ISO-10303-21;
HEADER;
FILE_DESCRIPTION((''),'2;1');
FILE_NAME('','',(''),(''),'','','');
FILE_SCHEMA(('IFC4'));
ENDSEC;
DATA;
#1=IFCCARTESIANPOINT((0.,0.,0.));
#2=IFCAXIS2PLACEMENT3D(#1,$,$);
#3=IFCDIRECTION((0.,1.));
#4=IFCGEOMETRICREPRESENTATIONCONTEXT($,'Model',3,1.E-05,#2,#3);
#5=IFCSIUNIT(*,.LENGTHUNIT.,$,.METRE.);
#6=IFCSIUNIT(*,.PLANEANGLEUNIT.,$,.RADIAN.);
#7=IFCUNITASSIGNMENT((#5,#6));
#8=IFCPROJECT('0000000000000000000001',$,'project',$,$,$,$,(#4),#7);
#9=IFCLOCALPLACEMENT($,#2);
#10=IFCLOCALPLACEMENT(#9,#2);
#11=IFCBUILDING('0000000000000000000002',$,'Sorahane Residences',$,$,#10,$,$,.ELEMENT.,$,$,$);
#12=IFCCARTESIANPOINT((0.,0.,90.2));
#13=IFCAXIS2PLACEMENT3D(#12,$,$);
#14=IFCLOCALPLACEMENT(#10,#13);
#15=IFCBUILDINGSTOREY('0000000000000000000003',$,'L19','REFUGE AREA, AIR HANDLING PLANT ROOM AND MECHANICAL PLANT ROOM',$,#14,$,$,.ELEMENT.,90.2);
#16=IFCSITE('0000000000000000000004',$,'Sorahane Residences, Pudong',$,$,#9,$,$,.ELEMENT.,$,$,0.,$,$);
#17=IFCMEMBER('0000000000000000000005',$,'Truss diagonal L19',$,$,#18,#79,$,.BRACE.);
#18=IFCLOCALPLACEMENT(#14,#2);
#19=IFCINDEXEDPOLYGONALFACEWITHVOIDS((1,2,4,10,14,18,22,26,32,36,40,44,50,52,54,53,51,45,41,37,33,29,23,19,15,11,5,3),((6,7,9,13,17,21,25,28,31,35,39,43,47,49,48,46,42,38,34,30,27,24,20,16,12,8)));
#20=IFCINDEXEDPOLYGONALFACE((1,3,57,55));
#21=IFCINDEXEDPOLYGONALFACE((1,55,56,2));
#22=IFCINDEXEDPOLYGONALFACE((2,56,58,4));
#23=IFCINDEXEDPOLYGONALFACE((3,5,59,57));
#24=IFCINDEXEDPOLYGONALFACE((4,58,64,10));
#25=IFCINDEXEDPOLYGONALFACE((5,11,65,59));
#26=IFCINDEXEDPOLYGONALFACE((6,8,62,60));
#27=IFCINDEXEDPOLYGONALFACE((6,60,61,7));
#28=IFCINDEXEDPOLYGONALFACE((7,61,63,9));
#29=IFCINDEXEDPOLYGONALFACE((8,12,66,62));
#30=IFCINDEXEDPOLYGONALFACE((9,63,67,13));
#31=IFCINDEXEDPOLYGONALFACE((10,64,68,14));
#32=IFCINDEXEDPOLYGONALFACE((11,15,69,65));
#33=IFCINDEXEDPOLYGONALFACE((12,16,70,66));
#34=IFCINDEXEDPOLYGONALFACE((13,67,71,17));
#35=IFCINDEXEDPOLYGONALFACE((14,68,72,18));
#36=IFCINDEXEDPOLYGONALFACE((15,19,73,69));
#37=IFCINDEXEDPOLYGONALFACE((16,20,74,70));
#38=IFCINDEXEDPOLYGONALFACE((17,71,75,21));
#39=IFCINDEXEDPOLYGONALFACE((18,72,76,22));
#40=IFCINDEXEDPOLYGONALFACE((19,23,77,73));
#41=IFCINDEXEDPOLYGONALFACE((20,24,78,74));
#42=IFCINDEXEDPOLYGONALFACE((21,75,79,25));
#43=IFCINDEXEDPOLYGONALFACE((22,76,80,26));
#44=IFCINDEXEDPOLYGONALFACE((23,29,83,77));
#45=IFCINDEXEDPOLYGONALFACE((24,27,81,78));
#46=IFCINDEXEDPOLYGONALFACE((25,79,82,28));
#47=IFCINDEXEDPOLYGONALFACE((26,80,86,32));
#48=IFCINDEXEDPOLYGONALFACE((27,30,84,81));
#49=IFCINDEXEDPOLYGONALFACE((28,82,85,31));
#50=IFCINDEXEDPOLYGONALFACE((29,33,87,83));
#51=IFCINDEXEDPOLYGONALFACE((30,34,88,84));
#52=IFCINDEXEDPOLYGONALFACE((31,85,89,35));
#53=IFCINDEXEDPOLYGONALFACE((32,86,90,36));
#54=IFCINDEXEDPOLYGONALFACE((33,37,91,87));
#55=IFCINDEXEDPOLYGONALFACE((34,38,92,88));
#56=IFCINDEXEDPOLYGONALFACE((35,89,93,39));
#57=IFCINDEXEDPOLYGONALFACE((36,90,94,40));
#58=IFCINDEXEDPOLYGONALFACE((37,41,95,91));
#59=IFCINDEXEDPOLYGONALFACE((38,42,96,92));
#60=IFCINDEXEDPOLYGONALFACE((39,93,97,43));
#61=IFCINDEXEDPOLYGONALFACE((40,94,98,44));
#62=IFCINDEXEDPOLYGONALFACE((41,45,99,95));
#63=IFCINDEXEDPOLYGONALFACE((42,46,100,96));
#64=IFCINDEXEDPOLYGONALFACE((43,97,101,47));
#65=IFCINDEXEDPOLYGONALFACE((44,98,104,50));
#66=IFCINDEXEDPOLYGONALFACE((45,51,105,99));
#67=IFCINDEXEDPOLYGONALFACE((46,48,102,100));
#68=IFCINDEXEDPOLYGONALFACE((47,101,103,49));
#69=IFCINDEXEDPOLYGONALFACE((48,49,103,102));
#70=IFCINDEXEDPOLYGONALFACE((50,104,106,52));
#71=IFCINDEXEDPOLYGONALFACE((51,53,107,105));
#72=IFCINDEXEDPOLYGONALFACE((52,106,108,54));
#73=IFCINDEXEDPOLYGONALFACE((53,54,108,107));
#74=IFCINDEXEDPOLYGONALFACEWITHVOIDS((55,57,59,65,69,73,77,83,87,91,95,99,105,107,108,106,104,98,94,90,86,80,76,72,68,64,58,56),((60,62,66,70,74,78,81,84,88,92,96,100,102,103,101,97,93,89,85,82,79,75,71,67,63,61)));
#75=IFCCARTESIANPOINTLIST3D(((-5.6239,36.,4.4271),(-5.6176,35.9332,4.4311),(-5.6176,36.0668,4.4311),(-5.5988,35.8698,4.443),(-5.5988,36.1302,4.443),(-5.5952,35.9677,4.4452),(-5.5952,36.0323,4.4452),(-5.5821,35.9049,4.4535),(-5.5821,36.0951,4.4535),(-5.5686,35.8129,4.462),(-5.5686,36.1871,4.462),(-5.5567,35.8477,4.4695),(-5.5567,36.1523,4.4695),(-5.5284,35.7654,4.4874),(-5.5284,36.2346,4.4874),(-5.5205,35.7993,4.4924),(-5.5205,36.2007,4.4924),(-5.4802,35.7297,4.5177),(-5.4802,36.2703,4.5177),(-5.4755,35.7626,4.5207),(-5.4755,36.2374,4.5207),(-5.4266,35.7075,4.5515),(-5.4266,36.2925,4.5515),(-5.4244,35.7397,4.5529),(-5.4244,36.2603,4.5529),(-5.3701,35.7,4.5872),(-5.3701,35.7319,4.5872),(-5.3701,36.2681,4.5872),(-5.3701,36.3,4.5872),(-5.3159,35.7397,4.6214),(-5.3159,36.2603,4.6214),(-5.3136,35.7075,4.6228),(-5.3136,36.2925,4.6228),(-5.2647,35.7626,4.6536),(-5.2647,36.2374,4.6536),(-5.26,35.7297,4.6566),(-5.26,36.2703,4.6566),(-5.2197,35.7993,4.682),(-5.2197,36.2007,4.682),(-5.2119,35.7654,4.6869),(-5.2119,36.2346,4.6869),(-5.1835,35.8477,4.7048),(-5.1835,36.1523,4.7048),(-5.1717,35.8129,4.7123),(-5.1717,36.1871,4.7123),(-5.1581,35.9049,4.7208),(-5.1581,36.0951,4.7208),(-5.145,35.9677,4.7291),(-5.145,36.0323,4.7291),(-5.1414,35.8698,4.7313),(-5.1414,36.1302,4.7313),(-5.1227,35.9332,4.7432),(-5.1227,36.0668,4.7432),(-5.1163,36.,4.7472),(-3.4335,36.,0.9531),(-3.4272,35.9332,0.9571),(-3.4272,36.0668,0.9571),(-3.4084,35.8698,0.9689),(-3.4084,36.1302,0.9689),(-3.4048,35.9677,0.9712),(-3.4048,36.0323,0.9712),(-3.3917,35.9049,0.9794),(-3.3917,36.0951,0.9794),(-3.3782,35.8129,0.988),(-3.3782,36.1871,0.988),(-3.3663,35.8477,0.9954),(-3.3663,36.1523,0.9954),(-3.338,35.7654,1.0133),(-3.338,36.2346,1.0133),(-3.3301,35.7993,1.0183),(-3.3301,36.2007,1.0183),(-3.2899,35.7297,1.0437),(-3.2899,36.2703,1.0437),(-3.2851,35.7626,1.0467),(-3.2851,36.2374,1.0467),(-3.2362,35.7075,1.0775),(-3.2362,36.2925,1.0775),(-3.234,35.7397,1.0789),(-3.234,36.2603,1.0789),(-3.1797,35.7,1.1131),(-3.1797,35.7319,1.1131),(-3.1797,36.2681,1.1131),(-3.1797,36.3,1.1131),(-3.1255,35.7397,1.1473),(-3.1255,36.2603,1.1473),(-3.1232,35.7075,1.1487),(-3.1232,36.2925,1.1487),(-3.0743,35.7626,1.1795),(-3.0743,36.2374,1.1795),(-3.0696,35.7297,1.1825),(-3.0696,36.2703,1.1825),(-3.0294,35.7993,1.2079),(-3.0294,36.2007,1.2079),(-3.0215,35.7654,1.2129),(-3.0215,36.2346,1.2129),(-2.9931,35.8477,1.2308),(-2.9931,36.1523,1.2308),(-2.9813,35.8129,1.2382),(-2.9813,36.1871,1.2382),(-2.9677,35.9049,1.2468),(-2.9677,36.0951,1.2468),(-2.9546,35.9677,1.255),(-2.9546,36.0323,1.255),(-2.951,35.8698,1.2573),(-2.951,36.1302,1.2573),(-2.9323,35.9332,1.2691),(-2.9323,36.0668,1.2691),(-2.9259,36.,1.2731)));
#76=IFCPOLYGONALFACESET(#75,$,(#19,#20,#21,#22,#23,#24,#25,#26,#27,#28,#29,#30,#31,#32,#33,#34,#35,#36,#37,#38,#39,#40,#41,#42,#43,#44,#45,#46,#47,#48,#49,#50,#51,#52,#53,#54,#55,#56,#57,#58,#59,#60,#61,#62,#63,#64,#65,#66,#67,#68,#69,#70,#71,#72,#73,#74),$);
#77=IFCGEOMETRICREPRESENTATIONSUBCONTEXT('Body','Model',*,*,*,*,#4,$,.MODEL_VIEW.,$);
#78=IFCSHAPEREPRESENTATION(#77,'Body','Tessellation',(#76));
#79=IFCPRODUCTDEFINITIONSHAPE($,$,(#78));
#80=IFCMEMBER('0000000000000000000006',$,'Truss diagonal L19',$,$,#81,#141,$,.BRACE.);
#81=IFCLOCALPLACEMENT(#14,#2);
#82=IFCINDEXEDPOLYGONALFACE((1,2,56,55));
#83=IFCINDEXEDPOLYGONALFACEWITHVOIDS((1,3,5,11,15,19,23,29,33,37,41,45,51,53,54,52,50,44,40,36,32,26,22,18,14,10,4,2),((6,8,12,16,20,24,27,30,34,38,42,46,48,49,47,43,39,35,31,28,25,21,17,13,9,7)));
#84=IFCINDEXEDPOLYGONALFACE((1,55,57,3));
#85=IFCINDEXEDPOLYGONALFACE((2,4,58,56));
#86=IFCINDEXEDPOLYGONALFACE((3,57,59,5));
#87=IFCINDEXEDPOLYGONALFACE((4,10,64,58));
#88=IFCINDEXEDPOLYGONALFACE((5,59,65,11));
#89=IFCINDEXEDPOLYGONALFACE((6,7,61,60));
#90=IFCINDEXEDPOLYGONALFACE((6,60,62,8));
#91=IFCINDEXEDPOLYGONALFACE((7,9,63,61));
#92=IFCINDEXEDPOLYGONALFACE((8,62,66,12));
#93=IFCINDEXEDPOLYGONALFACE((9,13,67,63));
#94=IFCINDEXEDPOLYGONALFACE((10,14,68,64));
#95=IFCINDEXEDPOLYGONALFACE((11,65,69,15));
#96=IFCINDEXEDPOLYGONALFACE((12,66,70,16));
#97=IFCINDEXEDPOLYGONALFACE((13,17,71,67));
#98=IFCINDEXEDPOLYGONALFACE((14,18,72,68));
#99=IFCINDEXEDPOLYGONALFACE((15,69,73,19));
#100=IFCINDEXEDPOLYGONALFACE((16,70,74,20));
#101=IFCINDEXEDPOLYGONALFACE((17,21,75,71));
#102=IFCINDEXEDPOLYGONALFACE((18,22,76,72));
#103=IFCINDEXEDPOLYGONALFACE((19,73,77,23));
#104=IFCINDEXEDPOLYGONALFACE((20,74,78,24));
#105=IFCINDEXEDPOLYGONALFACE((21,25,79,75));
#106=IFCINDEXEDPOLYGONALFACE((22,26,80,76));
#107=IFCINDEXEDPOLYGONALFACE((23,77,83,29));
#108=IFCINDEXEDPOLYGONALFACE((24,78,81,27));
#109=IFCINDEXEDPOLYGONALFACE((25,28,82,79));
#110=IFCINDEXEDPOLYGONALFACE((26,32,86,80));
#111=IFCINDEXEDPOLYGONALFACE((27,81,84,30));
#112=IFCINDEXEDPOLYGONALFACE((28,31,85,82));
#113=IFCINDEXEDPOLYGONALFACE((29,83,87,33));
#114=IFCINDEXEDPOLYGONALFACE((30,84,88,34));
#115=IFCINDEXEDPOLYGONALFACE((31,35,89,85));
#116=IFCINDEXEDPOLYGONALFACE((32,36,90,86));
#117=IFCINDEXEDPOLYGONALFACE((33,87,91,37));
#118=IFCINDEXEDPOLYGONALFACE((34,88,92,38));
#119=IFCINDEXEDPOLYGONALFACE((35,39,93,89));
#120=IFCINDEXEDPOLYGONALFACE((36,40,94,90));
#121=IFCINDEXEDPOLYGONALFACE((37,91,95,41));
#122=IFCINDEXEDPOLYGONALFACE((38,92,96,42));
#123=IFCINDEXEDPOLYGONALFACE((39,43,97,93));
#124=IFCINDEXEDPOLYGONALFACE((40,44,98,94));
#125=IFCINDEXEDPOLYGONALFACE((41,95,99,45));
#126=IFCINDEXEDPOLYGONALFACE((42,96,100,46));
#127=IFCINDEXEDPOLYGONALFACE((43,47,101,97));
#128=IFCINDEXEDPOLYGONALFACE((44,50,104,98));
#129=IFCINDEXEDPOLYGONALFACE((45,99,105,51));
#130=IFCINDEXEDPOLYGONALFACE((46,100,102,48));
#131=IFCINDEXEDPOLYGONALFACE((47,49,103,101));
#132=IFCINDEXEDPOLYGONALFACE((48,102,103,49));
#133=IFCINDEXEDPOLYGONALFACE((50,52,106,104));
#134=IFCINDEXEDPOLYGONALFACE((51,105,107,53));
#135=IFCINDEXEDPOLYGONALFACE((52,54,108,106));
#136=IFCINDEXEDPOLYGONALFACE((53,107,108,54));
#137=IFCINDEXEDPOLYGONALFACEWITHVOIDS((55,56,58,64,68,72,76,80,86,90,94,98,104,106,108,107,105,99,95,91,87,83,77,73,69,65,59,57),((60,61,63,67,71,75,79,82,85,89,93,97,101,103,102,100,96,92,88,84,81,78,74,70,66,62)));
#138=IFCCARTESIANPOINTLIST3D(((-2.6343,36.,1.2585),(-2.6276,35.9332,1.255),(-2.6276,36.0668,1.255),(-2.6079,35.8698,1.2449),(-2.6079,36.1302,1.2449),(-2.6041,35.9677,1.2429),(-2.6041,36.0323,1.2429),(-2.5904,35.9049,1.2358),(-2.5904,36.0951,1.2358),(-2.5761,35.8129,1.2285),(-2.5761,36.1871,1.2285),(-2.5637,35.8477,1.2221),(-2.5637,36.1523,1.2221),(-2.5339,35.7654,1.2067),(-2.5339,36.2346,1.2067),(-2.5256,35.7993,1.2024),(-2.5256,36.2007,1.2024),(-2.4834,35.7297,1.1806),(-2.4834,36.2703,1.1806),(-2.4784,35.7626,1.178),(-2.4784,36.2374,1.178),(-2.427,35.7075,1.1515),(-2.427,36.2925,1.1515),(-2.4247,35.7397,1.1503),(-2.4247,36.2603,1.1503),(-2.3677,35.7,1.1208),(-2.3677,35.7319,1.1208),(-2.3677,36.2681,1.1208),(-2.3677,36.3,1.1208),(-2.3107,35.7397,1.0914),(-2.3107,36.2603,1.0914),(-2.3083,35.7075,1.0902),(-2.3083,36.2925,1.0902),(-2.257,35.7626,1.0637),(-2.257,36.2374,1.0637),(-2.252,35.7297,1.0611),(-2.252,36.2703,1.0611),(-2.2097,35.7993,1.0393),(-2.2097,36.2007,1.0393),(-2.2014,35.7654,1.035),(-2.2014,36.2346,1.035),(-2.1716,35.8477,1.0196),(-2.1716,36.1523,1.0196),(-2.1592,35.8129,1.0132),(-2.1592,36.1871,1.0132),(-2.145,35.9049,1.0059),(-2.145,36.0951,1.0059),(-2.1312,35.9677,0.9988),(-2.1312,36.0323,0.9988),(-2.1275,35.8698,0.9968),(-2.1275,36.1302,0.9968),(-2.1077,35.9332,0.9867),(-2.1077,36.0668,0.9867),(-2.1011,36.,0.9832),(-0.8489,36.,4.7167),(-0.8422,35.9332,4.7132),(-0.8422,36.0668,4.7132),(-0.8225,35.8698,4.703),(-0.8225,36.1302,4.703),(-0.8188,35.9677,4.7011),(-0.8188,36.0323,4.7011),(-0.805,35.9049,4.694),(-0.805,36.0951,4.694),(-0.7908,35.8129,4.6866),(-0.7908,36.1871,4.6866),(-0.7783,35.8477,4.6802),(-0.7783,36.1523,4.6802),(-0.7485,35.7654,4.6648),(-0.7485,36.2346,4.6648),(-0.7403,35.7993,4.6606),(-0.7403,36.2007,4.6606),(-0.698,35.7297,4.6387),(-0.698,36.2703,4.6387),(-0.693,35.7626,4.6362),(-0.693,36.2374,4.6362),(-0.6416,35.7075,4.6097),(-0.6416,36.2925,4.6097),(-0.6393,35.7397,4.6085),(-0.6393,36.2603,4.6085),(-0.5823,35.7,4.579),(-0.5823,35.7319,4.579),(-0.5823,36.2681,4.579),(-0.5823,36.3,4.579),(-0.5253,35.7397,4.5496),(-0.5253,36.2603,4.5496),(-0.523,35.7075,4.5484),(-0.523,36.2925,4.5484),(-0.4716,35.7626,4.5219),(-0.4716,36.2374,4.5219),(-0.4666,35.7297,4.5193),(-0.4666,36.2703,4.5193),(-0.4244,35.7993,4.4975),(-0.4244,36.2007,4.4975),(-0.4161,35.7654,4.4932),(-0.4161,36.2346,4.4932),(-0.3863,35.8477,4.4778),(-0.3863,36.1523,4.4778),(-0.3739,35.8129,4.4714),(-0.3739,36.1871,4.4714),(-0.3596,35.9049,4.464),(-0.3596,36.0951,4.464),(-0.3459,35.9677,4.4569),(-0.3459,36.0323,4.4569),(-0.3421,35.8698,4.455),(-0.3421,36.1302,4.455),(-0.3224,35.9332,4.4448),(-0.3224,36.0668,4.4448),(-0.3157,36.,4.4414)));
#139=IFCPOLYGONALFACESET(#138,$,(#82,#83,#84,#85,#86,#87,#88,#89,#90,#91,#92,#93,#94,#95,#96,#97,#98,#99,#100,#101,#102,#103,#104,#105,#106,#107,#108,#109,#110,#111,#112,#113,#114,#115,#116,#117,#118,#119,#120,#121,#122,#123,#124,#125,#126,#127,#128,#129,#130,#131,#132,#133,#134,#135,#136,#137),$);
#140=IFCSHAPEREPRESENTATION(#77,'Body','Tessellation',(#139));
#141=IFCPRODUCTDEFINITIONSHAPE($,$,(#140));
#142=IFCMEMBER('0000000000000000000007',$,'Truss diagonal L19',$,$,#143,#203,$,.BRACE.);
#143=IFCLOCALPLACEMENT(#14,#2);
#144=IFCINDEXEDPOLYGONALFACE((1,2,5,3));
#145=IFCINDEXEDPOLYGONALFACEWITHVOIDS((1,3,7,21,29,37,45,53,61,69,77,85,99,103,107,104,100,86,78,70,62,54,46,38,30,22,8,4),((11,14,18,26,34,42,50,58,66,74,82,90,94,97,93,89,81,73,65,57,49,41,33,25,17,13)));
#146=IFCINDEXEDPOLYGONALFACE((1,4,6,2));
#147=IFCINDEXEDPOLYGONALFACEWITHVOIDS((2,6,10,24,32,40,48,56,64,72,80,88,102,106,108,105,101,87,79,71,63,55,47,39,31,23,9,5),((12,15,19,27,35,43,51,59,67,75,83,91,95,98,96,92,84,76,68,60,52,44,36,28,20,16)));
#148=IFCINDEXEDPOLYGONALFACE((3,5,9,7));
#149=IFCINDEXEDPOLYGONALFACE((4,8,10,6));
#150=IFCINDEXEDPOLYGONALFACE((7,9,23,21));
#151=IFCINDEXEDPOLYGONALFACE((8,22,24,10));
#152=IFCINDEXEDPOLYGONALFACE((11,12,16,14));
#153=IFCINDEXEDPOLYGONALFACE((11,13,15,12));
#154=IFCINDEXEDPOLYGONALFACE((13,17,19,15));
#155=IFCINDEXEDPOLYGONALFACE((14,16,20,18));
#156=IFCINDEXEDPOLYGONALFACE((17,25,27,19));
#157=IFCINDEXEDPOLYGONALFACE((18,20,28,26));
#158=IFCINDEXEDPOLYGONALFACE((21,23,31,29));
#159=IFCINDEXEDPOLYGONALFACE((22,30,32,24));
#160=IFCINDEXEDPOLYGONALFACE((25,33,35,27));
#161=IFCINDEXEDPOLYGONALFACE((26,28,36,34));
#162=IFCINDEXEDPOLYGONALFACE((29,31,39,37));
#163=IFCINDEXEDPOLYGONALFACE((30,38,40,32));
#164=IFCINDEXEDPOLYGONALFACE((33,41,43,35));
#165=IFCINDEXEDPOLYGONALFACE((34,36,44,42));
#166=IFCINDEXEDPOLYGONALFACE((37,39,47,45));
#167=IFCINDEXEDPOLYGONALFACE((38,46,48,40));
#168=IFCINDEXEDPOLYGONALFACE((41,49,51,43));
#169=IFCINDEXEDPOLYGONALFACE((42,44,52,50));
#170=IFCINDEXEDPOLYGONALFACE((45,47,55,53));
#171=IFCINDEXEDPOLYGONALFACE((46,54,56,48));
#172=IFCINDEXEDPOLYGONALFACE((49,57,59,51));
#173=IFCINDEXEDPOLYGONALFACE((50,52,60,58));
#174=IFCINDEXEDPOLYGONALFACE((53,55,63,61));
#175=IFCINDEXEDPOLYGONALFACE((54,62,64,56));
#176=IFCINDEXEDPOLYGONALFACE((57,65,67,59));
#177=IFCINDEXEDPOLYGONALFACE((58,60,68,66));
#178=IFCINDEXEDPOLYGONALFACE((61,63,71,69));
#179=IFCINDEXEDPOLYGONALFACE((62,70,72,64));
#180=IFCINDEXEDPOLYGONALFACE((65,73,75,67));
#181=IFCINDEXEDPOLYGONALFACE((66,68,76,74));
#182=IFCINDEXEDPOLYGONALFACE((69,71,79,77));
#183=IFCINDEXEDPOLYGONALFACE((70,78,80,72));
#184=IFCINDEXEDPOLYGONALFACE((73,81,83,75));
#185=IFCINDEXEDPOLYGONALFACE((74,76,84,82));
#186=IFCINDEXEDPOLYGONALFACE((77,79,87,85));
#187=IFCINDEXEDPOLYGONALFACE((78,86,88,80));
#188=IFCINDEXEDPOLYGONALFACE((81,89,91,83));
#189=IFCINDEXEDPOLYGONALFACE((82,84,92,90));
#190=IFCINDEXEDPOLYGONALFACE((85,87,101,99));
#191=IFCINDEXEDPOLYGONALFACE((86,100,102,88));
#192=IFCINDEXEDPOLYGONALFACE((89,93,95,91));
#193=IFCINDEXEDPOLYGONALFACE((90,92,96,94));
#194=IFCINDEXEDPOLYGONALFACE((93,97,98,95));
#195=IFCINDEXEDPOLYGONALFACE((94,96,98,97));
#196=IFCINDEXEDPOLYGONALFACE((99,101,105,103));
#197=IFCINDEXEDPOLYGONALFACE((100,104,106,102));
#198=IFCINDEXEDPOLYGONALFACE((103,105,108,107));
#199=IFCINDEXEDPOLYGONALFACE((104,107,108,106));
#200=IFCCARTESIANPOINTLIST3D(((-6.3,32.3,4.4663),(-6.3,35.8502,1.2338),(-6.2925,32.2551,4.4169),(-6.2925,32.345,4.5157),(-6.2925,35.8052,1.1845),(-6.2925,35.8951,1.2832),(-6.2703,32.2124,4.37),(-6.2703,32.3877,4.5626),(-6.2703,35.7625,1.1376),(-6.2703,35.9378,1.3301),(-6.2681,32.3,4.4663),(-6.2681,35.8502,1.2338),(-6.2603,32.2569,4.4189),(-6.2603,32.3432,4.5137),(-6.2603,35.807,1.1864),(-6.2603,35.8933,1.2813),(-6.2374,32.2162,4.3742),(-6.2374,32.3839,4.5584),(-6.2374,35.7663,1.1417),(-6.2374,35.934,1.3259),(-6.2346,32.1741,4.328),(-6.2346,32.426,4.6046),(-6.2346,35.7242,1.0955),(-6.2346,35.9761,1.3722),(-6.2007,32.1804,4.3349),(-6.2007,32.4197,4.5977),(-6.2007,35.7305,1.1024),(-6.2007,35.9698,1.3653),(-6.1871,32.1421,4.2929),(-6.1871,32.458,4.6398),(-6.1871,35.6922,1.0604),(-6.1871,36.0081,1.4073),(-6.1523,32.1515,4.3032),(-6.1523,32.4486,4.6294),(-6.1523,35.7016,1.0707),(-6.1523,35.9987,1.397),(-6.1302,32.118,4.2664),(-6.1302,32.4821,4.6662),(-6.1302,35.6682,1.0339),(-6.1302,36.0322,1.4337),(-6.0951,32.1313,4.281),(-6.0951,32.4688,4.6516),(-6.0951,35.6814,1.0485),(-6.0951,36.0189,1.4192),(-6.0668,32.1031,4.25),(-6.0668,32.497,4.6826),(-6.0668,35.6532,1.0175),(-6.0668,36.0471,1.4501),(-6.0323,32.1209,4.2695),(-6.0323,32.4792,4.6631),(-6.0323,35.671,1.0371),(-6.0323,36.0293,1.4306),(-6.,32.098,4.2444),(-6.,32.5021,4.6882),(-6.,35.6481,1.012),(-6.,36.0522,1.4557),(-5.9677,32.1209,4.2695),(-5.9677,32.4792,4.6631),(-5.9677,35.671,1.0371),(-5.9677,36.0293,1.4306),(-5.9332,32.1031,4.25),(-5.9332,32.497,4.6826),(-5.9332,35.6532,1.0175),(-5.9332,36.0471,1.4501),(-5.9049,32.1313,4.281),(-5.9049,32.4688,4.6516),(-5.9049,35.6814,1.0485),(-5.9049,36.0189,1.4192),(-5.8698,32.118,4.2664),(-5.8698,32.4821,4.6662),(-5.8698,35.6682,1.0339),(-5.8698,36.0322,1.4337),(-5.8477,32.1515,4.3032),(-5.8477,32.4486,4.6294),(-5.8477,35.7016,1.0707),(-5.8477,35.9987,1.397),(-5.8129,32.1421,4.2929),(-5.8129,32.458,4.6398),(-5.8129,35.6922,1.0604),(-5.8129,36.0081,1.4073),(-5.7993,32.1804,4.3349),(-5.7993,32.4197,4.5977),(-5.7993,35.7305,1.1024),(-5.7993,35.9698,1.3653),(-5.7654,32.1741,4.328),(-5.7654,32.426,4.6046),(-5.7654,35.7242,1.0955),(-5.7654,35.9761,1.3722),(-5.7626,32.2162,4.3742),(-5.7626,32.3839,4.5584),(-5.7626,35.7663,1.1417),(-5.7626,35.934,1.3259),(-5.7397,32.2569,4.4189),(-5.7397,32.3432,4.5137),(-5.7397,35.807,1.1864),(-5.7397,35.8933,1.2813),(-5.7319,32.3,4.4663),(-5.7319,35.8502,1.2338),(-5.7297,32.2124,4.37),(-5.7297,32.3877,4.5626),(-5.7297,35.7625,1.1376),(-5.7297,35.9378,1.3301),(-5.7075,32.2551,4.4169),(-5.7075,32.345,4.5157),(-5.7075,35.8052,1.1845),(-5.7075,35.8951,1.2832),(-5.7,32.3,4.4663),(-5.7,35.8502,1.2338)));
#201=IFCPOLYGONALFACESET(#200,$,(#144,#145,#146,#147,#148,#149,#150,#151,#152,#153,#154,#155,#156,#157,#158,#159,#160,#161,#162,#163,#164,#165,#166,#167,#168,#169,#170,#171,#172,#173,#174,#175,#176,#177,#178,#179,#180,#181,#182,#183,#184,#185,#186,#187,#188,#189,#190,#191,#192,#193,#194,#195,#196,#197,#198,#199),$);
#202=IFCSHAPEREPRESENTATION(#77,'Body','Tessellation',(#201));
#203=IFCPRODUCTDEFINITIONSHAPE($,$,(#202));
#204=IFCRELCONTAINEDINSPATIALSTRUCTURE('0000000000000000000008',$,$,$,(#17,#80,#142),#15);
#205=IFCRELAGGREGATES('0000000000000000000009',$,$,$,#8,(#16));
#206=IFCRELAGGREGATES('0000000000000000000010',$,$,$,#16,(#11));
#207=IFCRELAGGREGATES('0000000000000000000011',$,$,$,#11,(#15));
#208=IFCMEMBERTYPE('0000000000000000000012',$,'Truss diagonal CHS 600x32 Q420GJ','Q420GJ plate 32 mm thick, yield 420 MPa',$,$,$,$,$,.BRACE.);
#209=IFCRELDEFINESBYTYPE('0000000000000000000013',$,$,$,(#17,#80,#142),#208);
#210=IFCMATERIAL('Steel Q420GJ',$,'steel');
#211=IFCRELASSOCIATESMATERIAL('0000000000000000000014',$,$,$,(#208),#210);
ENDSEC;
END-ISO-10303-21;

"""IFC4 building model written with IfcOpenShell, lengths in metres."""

from ifc_helpers import new_model, si_unit, direction, frame, origin, origin_2d, place, context, subcontext, project, spatial, hollow_circle, extrude, material, material_profile, profile_set, type_object, element, save


model = new_model("IFC4")

# Units and contexts
model_context = context("Model", 3, precision=1e-05, world=origin(), true_north=direction((0.0, 1.0)))
body_context = subcontext(model_context, "Body", "Model", "MODEL_VIEW")
ifc_project = project(units=[si_unit("LENGTHUNIT", "METRE"), si_unit("PLANEANGLEUNIT", "RADIAN")], contexts=[model_context])

# Site, building, storey
site_placement = place(None, origin())
site = spatial("IfcSite", under=ifc_project, at=site_placement, Name="Sorahane Residences, Pudong", CompositionType="ELEMENT", RefElevation=0.0)
building_placement = place(site_placement, origin())
building = spatial("IfcBuilding", under=site, at=building_placement, Name="Sorahane Residences", CompositionType="ELEMENT")
storey_placement = place(building_placement, frame((0.0, 0.0, 90.2)))
storey = spatial("IfcBuildingStorey", under=building, at=storey_placement, Name="L19", Description="REFUGE AREA, AIR HANDLING PLANT ROOM AND MECHANICAL PLANT ROOM", CompositionType="ELEMENT", Elevation=90.2)

# Members
ifc_material_1 = material(Name="Steel Q420GJ", Category="steel")
ifc_material_profile_1 = material_profile(ifc_material_1, hollow_circle(Radius=0.3, WallThickness=0.032, at=origin_2d()), Name="CHS 600x32")
ifc_profile_set_1 = profile_set([ifc_material_profile_1], Name="Steel Q420GJ")
member_type_1 = type_object("IfcMemberType", Name="Truss diagonal CHS 600x32 Q420GJ", Description="Q420GJ plate 32 mm thick, yield 420 MPa", PredefinedType="BRACE", material=ifc_profile_set_1)
member_1_placement = place(storey_placement, frame((-5.3701, 36.0, 4.5872), z_axis=(0.53334, 0.0, -0.845901), x_axis=(0.0, 1.0, 0.0)))
element("IfcMember", 1, at=member_1_placement, inside=storey, type_object=member_type_1, Name="Truss diagonal L19", PredefinedType="BRACE", context=body_context, shape_type="SweptSolid", body=[
    extrude(hollow_circle(Radius=0.3, WallThickness=0.032, at=origin_2d()), origin(), (0.0, 0.0, 1.0), 4.1069),
])
member_2_placement = place(storey_placement, frame((-2.3677, 36.0, 1.1208), z_axis=(0.458744, 0.0, 0.888569), x_axis=(0.0, 1.0, 0.0)))
element("IfcMember", 2, at=member_2_placement, inside=storey, type_object=member_type_1, Name="Truss diagonal L19", PredefinedType="BRACE", context=body_context, shape_type="SweptSolid", body=[
    extrude(hollow_circle(Radius=0.3, WallThickness=0.032, at=origin_2d()), origin(), (0.0, 0.0, 1.0), 3.8918),
])
member_3_placement = place(storey_placement, frame((-6.0, 32.3, 4.4663), z_axis=(0.0, 0.739411, -0.673255), x_axis=(-1.0, 0.0, 0.0)))
element("IfcMember", 3, at=member_3_placement, inside=storey, type_object=member_type_1, Name="Truss diagonal L19", PredefinedType="BRACE", context=body_context, shape_type="SweptSolid", body=[
    extrude(hollow_circle(Radius=0.3, WallThickness=0.032, at=origin_2d()), origin(), (0.0, 0.0, 1.0), 4.8013),
])

save(model, "model.ifc")
